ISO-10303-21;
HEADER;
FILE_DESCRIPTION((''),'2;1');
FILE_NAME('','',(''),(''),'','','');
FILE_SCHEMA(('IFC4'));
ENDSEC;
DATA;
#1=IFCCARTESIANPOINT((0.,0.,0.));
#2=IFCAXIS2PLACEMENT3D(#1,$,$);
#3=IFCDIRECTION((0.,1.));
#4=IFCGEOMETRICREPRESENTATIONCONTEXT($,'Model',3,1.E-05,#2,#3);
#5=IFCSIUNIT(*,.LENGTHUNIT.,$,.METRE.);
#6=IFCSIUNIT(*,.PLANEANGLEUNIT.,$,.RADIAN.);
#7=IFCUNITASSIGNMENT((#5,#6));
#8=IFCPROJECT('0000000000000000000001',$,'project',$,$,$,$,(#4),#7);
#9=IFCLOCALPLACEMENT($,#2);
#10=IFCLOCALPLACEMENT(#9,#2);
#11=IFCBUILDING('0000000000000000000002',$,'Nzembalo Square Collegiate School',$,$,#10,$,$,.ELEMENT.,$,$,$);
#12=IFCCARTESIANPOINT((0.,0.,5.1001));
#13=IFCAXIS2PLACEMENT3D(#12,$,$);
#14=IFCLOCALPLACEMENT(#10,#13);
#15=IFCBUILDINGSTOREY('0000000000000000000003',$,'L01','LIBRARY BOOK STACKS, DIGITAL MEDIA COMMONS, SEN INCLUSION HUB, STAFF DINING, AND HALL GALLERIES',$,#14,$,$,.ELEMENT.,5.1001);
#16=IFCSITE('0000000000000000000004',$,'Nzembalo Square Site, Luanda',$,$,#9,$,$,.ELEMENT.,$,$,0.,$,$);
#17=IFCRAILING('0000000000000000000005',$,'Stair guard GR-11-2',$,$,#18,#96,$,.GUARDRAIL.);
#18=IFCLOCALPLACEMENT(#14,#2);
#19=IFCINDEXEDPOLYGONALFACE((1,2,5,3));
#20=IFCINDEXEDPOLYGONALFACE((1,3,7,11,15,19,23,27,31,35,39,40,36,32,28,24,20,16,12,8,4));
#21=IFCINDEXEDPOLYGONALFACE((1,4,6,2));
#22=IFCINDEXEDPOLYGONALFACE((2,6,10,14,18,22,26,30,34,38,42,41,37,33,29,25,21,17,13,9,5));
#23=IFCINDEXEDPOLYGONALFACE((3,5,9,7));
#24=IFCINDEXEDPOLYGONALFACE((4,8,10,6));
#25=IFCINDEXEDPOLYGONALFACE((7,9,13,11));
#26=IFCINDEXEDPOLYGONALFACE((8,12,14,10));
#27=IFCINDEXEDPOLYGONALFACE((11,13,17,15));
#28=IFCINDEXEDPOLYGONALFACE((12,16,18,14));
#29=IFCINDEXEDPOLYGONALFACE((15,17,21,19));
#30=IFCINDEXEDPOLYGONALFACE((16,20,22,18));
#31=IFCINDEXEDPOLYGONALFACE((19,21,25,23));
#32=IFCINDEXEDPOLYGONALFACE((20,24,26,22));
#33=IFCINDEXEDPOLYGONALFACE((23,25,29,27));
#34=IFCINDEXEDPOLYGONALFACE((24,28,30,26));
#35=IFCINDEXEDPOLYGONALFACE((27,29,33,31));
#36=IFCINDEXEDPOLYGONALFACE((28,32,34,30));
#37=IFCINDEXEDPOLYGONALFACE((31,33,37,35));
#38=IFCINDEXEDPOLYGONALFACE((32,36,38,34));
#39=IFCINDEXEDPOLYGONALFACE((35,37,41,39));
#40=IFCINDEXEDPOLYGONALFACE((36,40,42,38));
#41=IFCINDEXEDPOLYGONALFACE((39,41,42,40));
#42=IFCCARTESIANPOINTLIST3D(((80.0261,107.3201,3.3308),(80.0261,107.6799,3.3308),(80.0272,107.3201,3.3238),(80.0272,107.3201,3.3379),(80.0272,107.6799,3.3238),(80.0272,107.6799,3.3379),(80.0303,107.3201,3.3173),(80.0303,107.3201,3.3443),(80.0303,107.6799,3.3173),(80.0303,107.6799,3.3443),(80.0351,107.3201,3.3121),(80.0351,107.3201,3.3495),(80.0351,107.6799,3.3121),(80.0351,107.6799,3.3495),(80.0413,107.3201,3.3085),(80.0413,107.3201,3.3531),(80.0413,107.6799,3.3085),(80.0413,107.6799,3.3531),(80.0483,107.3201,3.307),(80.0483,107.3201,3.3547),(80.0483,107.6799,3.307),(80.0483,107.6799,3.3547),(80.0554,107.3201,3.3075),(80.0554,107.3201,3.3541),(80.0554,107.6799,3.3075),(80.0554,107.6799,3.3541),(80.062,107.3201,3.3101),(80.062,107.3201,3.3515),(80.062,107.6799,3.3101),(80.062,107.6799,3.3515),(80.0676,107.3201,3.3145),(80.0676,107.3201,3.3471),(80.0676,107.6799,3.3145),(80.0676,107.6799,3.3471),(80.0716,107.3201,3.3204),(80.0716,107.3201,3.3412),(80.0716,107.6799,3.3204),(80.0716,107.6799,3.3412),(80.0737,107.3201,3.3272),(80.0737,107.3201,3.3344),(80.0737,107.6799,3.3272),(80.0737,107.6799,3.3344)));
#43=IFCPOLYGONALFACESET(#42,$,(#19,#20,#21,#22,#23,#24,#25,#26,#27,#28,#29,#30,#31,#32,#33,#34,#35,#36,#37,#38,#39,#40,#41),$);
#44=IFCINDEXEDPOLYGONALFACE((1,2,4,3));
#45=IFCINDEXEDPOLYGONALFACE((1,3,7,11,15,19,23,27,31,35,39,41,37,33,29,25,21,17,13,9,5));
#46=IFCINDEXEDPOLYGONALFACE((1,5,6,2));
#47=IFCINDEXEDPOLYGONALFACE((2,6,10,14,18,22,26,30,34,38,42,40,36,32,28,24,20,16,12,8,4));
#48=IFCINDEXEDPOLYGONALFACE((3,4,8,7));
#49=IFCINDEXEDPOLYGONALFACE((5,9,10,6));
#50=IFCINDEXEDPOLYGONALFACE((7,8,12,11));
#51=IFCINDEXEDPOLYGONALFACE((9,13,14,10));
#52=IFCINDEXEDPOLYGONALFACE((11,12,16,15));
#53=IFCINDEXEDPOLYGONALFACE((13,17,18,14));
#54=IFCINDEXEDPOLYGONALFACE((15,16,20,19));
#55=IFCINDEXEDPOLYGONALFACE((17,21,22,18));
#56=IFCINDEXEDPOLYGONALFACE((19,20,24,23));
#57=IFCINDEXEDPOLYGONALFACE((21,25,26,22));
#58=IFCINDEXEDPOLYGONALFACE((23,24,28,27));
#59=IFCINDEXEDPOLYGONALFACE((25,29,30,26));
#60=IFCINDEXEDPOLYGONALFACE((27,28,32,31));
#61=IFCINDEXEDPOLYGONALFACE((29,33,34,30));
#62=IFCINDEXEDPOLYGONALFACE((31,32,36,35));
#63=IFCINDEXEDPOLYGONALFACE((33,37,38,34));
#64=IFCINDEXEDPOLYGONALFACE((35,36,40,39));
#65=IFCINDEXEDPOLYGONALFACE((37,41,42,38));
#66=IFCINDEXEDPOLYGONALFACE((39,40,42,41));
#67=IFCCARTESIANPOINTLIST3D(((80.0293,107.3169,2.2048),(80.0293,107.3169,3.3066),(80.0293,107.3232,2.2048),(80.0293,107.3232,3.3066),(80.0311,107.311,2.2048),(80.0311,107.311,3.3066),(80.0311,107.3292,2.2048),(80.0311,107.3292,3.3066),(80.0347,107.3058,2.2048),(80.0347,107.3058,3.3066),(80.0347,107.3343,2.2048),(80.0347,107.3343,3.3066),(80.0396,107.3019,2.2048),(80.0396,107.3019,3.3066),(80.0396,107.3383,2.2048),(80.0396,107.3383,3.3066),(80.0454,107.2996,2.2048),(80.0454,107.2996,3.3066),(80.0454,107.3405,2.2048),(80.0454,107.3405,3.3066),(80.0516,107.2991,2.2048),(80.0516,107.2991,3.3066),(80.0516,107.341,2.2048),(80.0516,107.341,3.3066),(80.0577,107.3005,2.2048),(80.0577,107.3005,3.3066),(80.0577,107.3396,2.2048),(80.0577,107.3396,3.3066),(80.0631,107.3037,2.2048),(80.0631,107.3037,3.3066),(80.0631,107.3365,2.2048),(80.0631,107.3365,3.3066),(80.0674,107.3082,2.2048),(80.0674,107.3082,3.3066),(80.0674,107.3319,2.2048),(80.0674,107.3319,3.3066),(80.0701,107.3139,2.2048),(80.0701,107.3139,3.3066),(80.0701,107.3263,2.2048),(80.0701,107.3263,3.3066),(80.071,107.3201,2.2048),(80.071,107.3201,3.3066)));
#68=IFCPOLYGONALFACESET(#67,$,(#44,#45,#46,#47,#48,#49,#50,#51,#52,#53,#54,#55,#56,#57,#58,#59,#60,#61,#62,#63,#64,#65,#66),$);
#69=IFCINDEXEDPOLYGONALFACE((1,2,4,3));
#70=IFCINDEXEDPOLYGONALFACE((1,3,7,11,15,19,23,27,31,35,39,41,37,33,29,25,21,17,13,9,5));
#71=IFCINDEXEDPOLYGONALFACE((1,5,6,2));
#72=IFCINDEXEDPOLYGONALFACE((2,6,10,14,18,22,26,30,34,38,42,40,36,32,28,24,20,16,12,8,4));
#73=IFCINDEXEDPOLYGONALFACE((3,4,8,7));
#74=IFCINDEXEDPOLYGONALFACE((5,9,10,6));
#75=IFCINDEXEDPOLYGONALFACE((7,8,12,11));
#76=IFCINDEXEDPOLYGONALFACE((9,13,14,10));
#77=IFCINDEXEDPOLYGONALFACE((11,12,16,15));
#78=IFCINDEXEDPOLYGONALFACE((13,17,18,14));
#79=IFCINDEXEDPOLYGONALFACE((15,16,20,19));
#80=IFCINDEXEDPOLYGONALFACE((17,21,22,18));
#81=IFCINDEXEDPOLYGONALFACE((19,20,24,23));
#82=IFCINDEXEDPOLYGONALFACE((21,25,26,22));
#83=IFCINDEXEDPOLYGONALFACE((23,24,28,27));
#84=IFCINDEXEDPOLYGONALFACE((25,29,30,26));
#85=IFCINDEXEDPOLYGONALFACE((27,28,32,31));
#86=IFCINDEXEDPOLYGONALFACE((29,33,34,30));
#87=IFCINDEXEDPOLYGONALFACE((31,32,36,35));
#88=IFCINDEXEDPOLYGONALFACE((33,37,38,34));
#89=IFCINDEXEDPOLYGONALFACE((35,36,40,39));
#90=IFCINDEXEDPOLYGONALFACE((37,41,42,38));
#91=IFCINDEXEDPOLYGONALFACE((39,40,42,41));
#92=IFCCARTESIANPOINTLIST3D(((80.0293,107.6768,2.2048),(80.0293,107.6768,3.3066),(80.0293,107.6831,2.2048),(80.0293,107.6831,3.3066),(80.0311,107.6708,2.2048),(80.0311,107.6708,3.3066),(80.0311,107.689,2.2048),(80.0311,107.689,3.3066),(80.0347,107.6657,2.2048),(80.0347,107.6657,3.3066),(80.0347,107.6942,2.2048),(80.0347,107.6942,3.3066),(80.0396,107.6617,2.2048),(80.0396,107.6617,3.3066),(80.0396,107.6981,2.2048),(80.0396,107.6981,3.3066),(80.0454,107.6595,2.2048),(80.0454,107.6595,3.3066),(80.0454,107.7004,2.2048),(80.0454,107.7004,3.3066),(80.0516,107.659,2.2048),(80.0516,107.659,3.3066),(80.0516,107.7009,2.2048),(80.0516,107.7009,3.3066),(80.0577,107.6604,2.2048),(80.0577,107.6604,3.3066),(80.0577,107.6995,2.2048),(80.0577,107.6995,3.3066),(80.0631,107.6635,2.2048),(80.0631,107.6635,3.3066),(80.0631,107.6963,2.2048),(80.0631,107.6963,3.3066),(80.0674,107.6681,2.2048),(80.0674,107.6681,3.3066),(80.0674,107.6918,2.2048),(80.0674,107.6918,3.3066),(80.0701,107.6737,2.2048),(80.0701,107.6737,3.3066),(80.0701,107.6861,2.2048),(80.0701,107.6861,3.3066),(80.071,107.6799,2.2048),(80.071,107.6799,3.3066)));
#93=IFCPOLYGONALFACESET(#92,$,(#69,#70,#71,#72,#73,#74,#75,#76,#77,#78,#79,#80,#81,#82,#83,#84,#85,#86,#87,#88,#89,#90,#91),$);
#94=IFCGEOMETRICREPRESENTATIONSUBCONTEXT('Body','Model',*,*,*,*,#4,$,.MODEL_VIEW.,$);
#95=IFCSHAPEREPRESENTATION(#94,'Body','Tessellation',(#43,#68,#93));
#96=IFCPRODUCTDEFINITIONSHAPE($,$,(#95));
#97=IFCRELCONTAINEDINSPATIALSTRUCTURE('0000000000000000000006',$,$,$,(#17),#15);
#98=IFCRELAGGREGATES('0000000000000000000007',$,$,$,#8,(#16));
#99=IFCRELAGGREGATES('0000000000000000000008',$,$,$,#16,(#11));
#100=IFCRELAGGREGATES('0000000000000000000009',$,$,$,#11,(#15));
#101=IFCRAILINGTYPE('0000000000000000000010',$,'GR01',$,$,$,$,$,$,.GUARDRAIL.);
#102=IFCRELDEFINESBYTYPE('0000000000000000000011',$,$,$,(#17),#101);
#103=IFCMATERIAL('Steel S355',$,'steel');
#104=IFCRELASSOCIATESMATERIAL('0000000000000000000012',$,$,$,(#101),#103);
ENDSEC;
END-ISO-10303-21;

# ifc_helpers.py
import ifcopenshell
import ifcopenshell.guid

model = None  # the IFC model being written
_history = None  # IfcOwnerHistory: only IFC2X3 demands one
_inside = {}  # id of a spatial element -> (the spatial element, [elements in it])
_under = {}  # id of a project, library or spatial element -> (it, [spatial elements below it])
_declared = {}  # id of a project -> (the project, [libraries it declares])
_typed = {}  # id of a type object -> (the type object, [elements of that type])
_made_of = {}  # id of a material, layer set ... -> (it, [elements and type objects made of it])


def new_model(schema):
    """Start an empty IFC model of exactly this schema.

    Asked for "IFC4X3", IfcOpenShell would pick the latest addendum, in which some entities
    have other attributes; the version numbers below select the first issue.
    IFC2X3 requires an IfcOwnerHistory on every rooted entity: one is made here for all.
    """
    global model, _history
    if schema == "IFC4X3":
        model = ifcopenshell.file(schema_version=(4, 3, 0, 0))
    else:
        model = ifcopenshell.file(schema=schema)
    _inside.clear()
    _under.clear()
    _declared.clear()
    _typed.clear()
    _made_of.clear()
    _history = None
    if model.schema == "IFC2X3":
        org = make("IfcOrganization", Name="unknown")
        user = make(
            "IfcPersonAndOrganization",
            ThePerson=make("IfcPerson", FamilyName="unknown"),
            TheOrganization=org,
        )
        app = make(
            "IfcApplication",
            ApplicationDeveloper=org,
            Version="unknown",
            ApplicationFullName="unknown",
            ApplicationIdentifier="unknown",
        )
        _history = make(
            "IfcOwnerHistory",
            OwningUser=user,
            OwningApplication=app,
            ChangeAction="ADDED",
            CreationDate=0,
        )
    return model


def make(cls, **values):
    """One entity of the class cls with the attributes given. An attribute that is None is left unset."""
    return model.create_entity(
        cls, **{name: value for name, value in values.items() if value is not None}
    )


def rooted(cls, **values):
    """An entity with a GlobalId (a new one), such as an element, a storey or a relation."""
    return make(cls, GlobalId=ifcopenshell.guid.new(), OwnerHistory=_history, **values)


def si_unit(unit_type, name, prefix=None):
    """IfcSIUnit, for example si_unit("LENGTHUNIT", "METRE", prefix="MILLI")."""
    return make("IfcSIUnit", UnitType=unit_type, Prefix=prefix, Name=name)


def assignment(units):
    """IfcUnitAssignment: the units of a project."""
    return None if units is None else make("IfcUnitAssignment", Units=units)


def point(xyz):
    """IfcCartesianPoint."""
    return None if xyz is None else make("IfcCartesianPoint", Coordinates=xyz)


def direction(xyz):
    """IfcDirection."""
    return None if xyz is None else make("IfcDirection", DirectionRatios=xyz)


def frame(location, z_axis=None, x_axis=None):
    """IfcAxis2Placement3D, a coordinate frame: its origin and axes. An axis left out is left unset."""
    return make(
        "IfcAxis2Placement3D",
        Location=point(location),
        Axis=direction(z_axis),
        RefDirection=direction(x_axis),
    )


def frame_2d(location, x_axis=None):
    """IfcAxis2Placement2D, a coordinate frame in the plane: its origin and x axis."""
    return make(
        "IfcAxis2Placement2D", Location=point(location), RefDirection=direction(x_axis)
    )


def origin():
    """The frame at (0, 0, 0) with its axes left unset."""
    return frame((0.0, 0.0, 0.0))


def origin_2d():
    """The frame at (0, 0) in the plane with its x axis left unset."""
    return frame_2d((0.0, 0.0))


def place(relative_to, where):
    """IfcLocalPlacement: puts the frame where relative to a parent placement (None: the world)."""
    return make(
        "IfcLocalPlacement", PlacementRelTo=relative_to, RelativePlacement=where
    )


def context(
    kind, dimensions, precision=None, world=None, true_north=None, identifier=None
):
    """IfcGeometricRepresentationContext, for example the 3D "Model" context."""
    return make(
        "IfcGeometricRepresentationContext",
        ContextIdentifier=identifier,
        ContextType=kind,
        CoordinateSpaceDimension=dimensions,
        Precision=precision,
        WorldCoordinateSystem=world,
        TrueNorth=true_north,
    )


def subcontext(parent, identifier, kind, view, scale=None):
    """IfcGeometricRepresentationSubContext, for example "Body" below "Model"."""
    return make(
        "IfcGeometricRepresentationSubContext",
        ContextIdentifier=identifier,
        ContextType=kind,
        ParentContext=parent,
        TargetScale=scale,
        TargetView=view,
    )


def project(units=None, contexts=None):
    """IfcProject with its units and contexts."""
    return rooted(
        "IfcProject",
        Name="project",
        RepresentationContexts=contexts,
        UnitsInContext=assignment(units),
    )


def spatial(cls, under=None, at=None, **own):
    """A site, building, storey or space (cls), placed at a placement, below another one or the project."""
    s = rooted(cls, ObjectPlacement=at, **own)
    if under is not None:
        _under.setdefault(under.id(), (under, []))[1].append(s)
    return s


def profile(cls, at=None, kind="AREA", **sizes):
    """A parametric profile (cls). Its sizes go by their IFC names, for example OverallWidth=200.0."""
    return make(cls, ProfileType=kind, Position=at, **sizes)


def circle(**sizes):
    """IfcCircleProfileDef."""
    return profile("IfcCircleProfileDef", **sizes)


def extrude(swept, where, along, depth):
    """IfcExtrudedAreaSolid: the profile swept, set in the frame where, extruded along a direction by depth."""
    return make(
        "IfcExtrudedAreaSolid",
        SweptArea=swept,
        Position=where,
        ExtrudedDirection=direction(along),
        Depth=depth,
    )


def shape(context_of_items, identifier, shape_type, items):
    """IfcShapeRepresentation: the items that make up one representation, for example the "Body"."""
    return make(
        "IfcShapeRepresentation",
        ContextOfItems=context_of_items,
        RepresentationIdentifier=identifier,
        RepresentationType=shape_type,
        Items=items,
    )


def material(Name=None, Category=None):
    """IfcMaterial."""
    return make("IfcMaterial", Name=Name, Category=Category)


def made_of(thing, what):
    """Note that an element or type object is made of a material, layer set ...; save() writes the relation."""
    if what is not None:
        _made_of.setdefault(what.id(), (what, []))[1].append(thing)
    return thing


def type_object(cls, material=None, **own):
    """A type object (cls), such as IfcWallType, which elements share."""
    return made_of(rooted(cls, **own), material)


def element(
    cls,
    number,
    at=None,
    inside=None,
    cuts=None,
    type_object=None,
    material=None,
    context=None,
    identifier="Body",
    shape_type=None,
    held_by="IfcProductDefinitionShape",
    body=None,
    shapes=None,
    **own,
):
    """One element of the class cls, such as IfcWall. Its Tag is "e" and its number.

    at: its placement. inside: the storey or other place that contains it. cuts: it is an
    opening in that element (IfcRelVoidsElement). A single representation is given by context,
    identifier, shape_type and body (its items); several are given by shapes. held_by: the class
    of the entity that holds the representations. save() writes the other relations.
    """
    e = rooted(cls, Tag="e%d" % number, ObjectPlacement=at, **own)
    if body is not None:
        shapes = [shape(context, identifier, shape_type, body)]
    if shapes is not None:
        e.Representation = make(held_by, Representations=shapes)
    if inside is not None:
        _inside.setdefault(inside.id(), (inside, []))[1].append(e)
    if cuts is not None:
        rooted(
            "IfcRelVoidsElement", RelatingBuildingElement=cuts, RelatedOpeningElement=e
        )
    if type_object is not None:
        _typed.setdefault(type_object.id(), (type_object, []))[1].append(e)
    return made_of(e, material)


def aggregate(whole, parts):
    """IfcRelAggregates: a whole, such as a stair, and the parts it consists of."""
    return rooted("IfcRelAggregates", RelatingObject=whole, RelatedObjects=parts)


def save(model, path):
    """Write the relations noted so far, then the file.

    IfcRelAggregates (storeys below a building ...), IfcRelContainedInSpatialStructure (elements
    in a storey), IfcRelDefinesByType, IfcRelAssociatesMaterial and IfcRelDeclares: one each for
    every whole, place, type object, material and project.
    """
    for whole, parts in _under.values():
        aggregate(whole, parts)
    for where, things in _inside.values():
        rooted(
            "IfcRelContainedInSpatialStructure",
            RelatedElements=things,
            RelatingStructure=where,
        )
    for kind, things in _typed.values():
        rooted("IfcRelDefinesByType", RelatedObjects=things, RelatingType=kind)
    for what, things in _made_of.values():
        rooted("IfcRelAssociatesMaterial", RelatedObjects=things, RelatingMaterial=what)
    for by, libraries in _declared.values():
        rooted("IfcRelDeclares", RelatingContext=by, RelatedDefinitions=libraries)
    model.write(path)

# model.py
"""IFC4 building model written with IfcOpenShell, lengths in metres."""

from ifc_helpers import new_model, si_unit, direction, frame, origin, origin_2d, place, context, subcontext, project, spatial, circle, extrude, material, type_object, element, save


model = new_model("IFC4")

# Units and contexts
model_context = context("Model", 3, precision=1e-05, world=origin(), true_north=direction((0.0, 1.0)))
body_context = subcontext(model_context, "Body", "Model", "MODEL_VIEW")
ifc_project = project(units=[si_unit("LENGTHUNIT", "METRE"), si_unit("PLANEANGLEUNIT", "RADIAN")], contexts=[model_context])

# Site, building, storey
site_placement = place(None, origin())
site = spatial("IfcSite", under=ifc_project, at=site_placement, Name="Nzembalo Square Site, Luanda", CompositionType="ELEMENT", RefElevation=0.0)
building_placement = place(site_placement, origin())
building = spatial("IfcBuilding", under=site, at=building_placement, Name="Nzembalo Square Collegiate School", CompositionType="ELEMENT")
storey_placement = place(building_placement, frame((0.0, 0.0, 5.1001)))
storey = spatial("IfcBuildingStorey", under=building, at=storey_placement, Name="L01", Description="LIBRARY BOOK STACKS, DIGITAL MEDIA COMMONS, SEN INCLUSION HUB, STAFF DINING, AND HALL GALLERIES", CompositionType="ELEMENT", Elevation=5.1001)

# Railing
ifc_material_1 = material(Name="Steel S355", Category="steel")
railing_type_1 = type_object("IfcRailingType", Name="GR01", PredefinedType="GUARDRAIL", material=ifc_material_1)
railing_1_placement = place(storey_placement, frame((80.05, 107.3201, 2.2048)))
element("IfcRailing", 1, at=railing_1_placement, inside=storey, type_object=railing_type_1, Name="Stair guard GR-11-2", PredefinedType="GUARDRAIL", context=body_context, shape_type="SweptSolid", body=[
    extrude(circle(Radius=0.0239, at=origin_2d()), frame((0.0, 0.0, 1.126), z_axis=(0.0, 1.0, 0.0), x_axis=(-1.0, 0.0, 0.0)), (0.0, 0.0, 1.0), 0.3599),
    extrude(circle(Radius=0.021, at=origin_2d()), origin(), (0.0, 0.0, 1.0), 1.1018),
    extrude(circle(Radius=0.021, at=origin_2d()), frame((0.0, 0.3599, 0.0)), (0.0, 0.0, 1.0), 1.1018),
])

save(model, "model.ifc")
